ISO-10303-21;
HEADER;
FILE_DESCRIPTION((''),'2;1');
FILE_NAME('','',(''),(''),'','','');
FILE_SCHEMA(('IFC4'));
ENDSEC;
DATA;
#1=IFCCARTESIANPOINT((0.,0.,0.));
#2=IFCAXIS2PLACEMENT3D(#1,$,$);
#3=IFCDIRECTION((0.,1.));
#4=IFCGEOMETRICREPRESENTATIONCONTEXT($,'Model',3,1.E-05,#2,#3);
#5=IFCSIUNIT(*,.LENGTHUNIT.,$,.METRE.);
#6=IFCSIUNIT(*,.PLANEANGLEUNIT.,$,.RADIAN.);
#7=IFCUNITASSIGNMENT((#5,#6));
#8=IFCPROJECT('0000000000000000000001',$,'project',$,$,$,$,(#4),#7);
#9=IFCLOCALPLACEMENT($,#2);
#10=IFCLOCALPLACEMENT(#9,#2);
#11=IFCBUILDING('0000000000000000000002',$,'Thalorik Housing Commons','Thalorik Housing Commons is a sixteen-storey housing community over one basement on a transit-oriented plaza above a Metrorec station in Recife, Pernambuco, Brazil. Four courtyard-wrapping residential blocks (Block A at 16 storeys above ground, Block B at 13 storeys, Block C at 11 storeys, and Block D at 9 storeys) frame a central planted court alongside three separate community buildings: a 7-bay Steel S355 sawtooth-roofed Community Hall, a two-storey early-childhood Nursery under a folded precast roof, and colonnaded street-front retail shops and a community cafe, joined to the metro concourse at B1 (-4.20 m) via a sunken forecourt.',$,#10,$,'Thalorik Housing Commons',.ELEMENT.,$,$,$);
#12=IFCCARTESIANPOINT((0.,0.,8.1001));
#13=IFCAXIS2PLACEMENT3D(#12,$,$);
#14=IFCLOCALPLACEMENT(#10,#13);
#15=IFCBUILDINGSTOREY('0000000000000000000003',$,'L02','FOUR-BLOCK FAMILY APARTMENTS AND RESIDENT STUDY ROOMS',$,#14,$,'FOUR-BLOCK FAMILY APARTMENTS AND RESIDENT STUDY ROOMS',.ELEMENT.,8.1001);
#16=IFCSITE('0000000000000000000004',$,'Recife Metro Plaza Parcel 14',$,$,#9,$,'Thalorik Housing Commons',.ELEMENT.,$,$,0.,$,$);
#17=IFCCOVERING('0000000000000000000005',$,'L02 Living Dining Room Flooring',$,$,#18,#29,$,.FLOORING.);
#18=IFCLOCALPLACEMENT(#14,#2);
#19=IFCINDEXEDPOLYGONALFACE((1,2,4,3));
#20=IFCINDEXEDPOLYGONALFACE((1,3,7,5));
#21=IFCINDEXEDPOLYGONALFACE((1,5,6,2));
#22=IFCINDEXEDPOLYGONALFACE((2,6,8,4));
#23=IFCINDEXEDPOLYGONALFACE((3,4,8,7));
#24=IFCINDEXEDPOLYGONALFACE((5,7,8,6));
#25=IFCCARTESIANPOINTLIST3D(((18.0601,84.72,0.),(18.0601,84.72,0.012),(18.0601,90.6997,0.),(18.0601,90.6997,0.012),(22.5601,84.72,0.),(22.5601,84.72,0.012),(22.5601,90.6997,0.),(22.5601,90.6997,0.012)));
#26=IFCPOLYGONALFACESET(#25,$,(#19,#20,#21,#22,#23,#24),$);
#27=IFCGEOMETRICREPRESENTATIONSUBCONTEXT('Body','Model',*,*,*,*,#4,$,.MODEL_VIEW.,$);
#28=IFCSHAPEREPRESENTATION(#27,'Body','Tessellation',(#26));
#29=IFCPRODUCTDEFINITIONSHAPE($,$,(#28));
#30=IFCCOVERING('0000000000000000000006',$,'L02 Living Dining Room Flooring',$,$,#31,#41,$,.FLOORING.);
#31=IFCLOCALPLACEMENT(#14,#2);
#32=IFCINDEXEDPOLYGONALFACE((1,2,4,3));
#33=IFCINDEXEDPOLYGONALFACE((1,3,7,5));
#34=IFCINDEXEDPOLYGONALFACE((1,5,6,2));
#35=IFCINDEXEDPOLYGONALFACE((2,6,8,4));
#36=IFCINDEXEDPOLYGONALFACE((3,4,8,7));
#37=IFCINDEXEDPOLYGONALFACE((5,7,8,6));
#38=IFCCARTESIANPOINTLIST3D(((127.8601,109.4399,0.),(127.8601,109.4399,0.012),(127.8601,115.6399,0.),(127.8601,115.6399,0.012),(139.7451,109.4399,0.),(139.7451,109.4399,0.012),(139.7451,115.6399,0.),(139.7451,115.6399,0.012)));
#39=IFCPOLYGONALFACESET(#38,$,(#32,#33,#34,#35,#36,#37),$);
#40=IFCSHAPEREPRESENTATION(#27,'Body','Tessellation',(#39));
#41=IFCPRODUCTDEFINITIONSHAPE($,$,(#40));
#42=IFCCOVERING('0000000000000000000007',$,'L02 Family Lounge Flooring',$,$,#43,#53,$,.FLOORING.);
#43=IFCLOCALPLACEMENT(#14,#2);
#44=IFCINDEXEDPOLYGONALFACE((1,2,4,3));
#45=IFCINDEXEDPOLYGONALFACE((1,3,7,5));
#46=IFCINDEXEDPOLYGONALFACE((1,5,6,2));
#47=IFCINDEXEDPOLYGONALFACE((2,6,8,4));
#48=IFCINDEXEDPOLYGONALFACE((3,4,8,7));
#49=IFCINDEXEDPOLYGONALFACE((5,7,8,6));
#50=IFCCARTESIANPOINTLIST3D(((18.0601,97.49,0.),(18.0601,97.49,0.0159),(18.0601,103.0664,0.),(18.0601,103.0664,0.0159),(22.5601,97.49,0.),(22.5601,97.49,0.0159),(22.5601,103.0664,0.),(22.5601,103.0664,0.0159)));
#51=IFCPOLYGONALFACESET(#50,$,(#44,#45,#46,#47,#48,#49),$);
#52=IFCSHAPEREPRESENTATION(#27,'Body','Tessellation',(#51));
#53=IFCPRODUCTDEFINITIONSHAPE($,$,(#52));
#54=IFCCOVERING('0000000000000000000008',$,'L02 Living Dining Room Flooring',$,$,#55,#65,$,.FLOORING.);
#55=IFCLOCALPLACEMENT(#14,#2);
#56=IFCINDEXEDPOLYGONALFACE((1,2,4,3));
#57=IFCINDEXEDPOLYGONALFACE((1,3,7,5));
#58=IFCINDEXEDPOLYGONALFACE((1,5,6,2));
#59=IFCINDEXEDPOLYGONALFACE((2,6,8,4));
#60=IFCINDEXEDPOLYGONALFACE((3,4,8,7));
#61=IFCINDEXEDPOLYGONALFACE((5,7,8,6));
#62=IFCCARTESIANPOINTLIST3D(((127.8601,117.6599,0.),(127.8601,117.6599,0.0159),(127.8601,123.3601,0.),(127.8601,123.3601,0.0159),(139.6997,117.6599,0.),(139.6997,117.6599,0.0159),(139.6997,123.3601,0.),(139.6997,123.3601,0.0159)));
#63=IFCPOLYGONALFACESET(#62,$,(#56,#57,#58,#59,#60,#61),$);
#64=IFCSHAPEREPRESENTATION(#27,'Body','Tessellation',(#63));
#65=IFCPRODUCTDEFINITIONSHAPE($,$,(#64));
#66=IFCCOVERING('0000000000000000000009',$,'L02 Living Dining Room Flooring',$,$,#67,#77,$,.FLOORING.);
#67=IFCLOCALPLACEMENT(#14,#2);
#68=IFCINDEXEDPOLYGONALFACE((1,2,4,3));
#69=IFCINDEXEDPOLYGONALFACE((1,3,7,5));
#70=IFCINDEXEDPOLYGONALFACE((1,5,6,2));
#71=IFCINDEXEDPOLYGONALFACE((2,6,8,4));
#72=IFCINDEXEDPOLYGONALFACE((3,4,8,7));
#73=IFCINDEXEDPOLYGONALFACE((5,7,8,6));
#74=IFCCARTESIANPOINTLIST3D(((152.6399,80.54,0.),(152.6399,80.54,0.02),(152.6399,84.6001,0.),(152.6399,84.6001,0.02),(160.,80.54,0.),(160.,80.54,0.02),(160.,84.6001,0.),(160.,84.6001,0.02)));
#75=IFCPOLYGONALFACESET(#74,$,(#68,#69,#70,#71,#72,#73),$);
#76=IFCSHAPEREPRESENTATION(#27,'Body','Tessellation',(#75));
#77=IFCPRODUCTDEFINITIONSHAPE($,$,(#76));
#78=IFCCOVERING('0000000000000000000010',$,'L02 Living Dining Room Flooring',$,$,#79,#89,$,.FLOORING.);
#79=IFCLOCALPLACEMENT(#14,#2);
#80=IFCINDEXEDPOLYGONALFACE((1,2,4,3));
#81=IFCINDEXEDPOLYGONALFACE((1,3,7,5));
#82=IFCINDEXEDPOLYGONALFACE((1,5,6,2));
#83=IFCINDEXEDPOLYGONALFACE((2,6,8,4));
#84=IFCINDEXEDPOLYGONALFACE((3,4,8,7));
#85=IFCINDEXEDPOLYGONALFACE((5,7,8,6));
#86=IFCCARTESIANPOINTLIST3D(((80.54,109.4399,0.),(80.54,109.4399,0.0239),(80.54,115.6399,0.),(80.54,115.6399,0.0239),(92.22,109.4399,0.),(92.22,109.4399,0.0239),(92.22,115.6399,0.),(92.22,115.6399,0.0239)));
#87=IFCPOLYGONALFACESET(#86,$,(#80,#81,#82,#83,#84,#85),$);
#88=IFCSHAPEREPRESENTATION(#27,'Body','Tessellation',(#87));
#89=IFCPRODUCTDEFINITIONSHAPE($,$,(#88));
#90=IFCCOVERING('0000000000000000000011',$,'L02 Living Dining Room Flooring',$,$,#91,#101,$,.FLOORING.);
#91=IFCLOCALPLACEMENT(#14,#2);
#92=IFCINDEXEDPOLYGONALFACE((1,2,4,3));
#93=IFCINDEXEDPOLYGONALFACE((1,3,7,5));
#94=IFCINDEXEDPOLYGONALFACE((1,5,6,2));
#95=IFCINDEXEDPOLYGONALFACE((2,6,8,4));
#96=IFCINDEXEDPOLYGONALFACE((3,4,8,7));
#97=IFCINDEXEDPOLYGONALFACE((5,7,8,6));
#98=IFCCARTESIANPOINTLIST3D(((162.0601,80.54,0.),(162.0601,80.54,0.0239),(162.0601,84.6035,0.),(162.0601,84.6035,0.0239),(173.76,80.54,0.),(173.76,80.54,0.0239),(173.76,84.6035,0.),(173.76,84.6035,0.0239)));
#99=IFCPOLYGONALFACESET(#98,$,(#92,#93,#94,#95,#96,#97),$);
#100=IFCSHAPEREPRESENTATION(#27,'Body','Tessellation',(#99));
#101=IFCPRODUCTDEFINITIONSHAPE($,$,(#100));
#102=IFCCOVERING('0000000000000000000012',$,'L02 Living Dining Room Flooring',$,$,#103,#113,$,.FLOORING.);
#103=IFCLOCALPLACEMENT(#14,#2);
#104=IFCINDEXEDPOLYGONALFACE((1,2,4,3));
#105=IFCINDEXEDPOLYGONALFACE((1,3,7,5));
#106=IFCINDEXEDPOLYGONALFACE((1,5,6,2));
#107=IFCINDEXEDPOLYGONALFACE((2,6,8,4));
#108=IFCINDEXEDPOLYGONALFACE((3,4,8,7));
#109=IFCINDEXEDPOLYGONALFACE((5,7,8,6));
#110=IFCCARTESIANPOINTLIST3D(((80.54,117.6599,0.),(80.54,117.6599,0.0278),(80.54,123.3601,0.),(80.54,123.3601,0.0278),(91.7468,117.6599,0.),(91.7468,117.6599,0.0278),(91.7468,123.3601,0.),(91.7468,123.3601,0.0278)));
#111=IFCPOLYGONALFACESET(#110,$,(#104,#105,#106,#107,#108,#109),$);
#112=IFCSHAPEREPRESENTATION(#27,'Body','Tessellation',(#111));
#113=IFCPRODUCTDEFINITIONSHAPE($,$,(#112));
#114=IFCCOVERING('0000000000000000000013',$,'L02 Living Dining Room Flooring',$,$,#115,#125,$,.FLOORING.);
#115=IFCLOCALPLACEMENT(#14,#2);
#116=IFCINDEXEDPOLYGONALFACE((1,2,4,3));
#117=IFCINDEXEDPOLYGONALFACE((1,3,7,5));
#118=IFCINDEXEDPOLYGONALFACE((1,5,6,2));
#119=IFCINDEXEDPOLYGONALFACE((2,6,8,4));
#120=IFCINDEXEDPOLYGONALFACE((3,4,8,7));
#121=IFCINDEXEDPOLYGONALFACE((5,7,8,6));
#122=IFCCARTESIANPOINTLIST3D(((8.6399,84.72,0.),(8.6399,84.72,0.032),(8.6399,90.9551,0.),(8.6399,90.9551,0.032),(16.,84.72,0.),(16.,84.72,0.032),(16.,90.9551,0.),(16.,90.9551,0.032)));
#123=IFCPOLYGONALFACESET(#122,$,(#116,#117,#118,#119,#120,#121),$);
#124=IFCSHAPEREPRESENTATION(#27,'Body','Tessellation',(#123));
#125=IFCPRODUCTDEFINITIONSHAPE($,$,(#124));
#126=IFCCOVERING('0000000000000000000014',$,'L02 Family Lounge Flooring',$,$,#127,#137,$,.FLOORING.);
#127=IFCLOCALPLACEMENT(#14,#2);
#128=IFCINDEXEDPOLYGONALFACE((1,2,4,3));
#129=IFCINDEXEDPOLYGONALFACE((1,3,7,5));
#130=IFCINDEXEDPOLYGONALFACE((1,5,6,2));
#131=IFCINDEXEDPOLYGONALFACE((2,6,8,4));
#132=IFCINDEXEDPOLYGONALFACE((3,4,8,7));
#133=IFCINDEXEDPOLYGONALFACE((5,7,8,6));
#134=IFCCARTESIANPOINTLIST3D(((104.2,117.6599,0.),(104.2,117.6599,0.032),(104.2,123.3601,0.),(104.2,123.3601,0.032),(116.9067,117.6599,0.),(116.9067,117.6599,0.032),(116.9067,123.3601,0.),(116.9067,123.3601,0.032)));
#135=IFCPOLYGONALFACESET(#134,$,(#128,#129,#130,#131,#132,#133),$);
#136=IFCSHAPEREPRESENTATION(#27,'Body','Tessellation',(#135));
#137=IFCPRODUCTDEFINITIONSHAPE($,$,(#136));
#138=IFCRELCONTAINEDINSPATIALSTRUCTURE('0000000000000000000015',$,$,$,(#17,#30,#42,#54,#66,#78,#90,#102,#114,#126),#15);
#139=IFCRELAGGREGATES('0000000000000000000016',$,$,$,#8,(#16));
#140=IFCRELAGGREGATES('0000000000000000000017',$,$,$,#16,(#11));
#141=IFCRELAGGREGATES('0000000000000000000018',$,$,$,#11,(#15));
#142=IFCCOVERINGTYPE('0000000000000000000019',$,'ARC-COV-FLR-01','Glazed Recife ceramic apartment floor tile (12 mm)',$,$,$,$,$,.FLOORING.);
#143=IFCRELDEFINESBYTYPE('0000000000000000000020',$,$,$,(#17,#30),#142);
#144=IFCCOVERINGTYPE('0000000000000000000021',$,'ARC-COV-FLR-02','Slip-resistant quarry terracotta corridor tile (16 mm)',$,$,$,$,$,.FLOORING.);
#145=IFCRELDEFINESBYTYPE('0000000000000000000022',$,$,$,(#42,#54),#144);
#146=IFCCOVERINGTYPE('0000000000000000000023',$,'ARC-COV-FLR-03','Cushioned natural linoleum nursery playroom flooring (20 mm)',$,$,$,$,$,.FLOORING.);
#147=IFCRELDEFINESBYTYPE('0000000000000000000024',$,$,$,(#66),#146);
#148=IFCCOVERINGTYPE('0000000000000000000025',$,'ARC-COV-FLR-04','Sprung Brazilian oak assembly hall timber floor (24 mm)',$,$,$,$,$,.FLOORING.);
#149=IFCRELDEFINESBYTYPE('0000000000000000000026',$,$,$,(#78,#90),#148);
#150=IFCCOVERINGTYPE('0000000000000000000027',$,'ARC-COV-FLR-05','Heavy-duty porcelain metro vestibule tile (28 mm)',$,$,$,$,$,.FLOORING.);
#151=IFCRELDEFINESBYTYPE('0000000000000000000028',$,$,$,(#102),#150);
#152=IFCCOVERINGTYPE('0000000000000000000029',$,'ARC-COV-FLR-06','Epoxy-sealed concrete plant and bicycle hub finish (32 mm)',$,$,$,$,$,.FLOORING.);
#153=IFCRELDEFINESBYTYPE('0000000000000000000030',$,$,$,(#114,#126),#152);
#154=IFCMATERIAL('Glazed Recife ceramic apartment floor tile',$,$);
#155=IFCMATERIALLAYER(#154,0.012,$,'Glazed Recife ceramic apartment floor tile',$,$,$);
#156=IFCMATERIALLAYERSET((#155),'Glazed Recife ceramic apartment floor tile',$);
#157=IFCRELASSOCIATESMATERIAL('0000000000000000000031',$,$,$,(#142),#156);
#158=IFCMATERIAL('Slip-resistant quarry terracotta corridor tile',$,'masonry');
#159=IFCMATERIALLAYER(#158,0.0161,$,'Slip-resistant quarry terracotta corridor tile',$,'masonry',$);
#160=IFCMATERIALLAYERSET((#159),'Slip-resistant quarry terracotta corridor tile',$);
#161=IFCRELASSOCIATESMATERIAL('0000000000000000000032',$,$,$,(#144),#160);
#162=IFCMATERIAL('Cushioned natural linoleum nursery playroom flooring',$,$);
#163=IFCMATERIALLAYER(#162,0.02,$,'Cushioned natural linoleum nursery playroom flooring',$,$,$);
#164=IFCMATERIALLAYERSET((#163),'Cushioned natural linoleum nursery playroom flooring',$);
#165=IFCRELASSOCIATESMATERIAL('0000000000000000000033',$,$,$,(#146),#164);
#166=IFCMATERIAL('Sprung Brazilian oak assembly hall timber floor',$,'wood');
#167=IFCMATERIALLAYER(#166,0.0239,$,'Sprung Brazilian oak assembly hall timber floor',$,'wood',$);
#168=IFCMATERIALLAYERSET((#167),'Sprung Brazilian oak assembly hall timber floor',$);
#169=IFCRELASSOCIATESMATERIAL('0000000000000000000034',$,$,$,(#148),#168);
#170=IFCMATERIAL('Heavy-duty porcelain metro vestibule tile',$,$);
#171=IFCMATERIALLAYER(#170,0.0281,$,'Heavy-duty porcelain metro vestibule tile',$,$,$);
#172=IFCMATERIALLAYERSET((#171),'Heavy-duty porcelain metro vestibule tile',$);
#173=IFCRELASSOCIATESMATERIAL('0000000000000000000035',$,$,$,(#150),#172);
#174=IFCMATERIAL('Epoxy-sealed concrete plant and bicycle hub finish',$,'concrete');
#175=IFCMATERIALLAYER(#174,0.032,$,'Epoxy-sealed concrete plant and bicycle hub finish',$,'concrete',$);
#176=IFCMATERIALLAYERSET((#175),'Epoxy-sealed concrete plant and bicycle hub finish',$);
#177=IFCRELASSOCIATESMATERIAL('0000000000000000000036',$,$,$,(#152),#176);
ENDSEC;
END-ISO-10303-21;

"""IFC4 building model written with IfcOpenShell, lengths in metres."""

from ifc_helpers import new_model, si_unit, direction, frame, origin, place, context, subcontext, project, spatial, polyline, outline, extrude, material, layer, layer_set, type_object, element, save


model = new_model("IFC4")

# Units and contexts
model_context = context("Model", 3, precision=1e-05, world=origin(), true_north=direction((0.0, 1.0)))
body_context = subcontext(model_context, "Body", "Model", "MODEL_VIEW")
ifc_project = project(units=[si_unit("LENGTHUNIT", "METRE"), si_unit("PLANEANGLEUNIT", "RADIAN")], contexts=[model_context])

# Site, building, storey
site_placement = place(None, origin())
site = spatial("IfcSite", under=ifc_project, at=site_placement, Name="Recife Metro Plaza Parcel 14", LongName="Thalorik Housing Commons", CompositionType="ELEMENT", RefElevation=0.0)
building_placement = place(site_placement, origin())
building = spatial("IfcBuilding", under=site, at=building_placement, Name="Thalorik Housing Commons", Description="Thalorik Housing Commons is a sixteen-storey housing community over one basement on a transit-oriented plaza above a Metrorec station in Recife, Pernambuco, Brazil. Four courtyard-wrapping residential blocks (Block A at 16 storeys above ground, Block B at 13 storeys, Block C at 11 storeys, and Block D at 9 storeys) frame a central planted court alongside three separate community buildings: a 7-bay Steel S355 sawtooth-roofed Community Hall, a two-storey early-childhood Nursery under a folded precast roof, and colonnaded street-front retail shops and a community cafe, joined to the metro concourse at B1 (-4.20 m) via a sunken forecourt.", LongName="Thalorik Housing Commons", CompositionType="ELEMENT")
storey_placement = place(building_placement, frame((0.0, 0.0, 8.1001)))
storey = spatial("IfcBuildingStorey", under=building, at=storey_placement, Name="L02", Description="FOUR-BLOCK FAMILY APARTMENTS AND RESIDENT STUDY ROOMS", LongName="FOUR-BLOCK FAMILY APARTMENTS AND RESIDENT STUDY ROOMS", CompositionType="ELEMENT", Elevation=8.1001)

# Coverings
ifc_material_1 = material(Name="Glazed Recife ceramic apartment floor tile")
ifc_layer_1 = layer(ifc_material_1, 0.012, Name="Glazed Recife ceramic apartment floor tile")
ifc_layer_set_1 = layer_set([ifc_layer_1], Name="Glazed Recife ceramic apartment floor tile")
covering_type_1 = type_object("IfcCoveringType", Name="ARC-COV-FLR-01", Description="Glazed Recife ceramic apartment floor tile (12 mm)", PredefinedType="FLOORING", material=ifc_layer_set_1)
covering_1_placement = place(storey_placement, origin())
element("IfcCovering", 1, at=covering_1_placement, inside=storey, type_object=covering_type_1, Name="L02 Living Dining Room Flooring", PredefinedType="FLOORING", context=body_context, shape_type="SweptSolid", body=[
    extrude(outline(polyline([(22.5601, 90.6997), (18.0601, 90.6997), (18.0601, 84.72), (22.5601, 84.72), (22.5601, 90.6997)])), origin(), (0.0, 0.0, 1.0), 0.012),
])
covering_2_placement = place(storey_placement, origin())
element("IfcCovering", 2, at=covering_2_placement, inside=storey, type_object=covering_type_1, Name="L02 Living Dining Room Flooring", PredefinedType="FLOORING", context=body_context, shape_type="SweptSolid", body=[
    extrude(outline(polyline([(139.7451, 109.4399), (139.7451, 115.6399), (127.8601, 115.6399), (127.8601, 109.4399), (139.7451, 109.4399)])), origin(), (0.0, 0.0, 1.0), 0.012),
])
ifc_material_2 = material(Name="Slip-resistant quarry terracotta corridor tile", Category="masonry")
ifc_layer_2 = layer(ifc_material_2, 0.0161, Name="Slip-resistant quarry terracotta corridor tile", Category="masonry")
ifc_layer_set_2 = layer_set([ifc_layer_2], Name="Slip-resistant quarry terracotta corridor tile")
covering_type_2 = type_object("IfcCoveringType", Name="ARC-COV-FLR-02", Description="Slip-resistant quarry terracotta corridor tile (16 mm)", PredefinedType="FLOORING", material=ifc_layer_set_2)
covering_3_placement = place(storey_placement, origin())
element("IfcCovering", 3, at=covering_3_placement, inside=storey, type_object=covering_type_2, Name="L02 Family Lounge Flooring", PredefinedType="FLOORING", context=body_context, shape_type="SweptSolid", body=[
    extrude(outline(polyline([(22.5601, 103.0664), (18.0601, 103.0664), (18.0601, 97.49), (22.5601, 97.49), (22.5601, 103.0664)])), origin(), (0.0, 0.0, 1.0), 0.0159),
])
covering_4_placement = place(storey_placement, origin())
element("IfcCovering", 4, at=covering_4_placement, inside=storey, type_object=covering_type_2, Name="L02 Living Dining Room Flooring", PredefinedType="FLOORING", context=body_context, shape_type="SweptSolid", body=[
    extrude(outline(polyline([(139.6997, 117.6599), (139.6997, 123.3601), (127.8601, 123.3601), (127.8601, 117.6599), (139.6997, 117.6599)])), origin(), (0.0, 0.0, 1.0), 0.0159),
])
ifc_material_3 = material(Name="Cushioned natural linoleum nursery playroom flooring")
ifc_layer_3 = layer(ifc_material_3, 0.02, Name="Cushioned natural linoleum nursery playroom flooring")
ifc_layer_set_3 = layer_set([ifc_layer_3], Name="Cushioned natural linoleum nursery playroom flooring")
covering_type_3 = type_object("IfcCoveringType", Name="ARC-COV-FLR-03", Description="Cushioned natural linoleum nursery playroom flooring (20 mm)", PredefinedType="FLOORING", material=ifc_layer_set_3)
covering_5_placement = place(storey_placement, origin())
element("IfcCovering", 5, at=covering_5_placement, inside=storey, type_object=covering_type_3, Name="L02 Living Dining Room Flooring", PredefinedType="FLOORING", context=body_context, shape_type="SweptSolid", body=[
    extrude(outline(polyline([(160.0, 84.6001), (152.6399, 84.6001), (152.6399, 80.54), (160.0, 80.54), (160.0, 84.6001)])), origin(), (0.0, 0.0, 1.0), 0.02),
])
ifc_material_4 = material(Name="Sprung Brazilian oak assembly hall timber floor", Category="wood")
ifc_layer_4 = layer(ifc_material_4, 0.0239, Name="Sprung Brazilian oak assembly hall timber floor", Category="wood")
ifc_layer_set_4 = layer_set([ifc_layer_4], Name="Sprung Brazilian oak assembly hall timber floor")
covering_type_4 = type_object("IfcCoveringType", Name="ARC-COV-FLR-04", Description="Sprung Brazilian oak assembly hall timber floor (24 mm)", PredefinedType="FLOORING", material=ifc_layer_set_4)
covering_6_placement = place(storey_placement, origin())
element("IfcCovering", 6, at=covering_6_placement, inside=storey, type_object=covering_type_4, Name="L02 Living Dining Room Flooring", PredefinedType="FLOORING", context=body_context, shape_type="SweptSolid", body=[
    extrude(outline(polyline([(92.22, 109.4399), (92.22, 115.6399), (80.54, 115.6399), (80.54, 109.4399), (92.22, 109.4399)])), origin(), (0.0, 0.0, 1.0), 0.0239),
])
covering_7_placement = place(storey_placement, origin())
element("IfcCovering", 7, at=covering_7_placement, inside=storey, type_object=covering_type_4, Name="L02 Living Dining Room Flooring", PredefinedType="FLOORING", context=body_context, shape_type="SweptSolid", body=[
    extrude(outline(polyline([(173.76, 84.6035), (162.0601, 84.6035), (162.0601, 80.54), (173.76, 80.54), (173.76, 84.6035)])), origin(), (0.0, 0.0, 1.0), 0.0239),
])
ifc_material_5 = material(Name="Heavy-duty porcelain metro vestibule tile")
ifc_layer_5 = layer(ifc_material_5, 0.0281, Name="Heavy-duty porcelain metro vestibule tile")
ifc_layer_set_5 = layer_set([ifc_layer_5], Name="Heavy-duty porcelain metro vestibule tile")
covering_type_5 = type_object("IfcCoveringType", Name="ARC-COV-FLR-05", Description="Heavy-duty porcelain metro vestibule tile (28 mm)", PredefinedType="FLOORING", material=ifc_layer_set_5)
covering_8_placement = place(storey_placement, origin())
element("IfcCovering", 8, at=covering_8_placement, inside=storey, type_object=covering_type_5, Name="L02 Living Dining Room Flooring", PredefinedType="FLOORING", context=body_context, shape_type="SweptSolid", body=[
    extrude(outline(polyline([(91.7468, 117.6599), (91.7468, 123.3601), (80.54, 123.3601), (80.54, 117.6599), (91.7468, 117.6599)])), origin(), (0.0, 0.0, 1.0), 0.0278),
])
ifc_material_6 = material(Name="Epoxy-sealed concrete plant and bicycle hub finish", Category="concrete")
ifc_layer_6 = layer(ifc_material_6, 0.032, Name="Epoxy-sealed concrete plant and bicycle hub finish", Category="concrete")
ifc_layer_set_6 = layer_set([ifc_layer_6], Name="Epoxy-sealed concrete plant and bicycle hub finish")
covering_type_6 = type_object("IfcCoveringType", Name="ARC-COV-FLR-06", Description="Epoxy-sealed concrete plant and bicycle hub finish (32 mm)", PredefinedType="FLOORING", material=ifc_layer_set_6)
covering_9_placement = place(storey_placement, origin())
element("IfcCovering", 9, at=covering_9_placement, inside=storey, type_object=covering_type_6, Name="L02 Living Dining Room Flooring", PredefinedType="FLOORING", context=body_context, shape_type="SweptSolid", body=[
    extrude(outline(polyline([(16.0, 90.9551), (8.6399, 90.9551), (8.6399, 84.72), (16.0, 84.72), (16.0, 90.9551)])), origin(), (0.0, 0.0, 1.0), 0.032),
])
covering_10_placement = place(storey_placement, origin())
element("IfcCovering", 10, at=covering_10_placement, inside=storey, type_object=covering_type_6, Name="L02 Family Lounge Flooring", PredefinedType="FLOORING", context=body_context, shape_type="SweptSolid", body=[
    extrude(outline(polyline([(116.9067, 117.6599), (116.9067, 123.3601), (104.2, 123.3601), (104.2, 117.6599), (116.9067, 117.6599)])), origin(), (0.0, 0.0, 1.0), 0.032),
])

save(model, "model.ifc")
